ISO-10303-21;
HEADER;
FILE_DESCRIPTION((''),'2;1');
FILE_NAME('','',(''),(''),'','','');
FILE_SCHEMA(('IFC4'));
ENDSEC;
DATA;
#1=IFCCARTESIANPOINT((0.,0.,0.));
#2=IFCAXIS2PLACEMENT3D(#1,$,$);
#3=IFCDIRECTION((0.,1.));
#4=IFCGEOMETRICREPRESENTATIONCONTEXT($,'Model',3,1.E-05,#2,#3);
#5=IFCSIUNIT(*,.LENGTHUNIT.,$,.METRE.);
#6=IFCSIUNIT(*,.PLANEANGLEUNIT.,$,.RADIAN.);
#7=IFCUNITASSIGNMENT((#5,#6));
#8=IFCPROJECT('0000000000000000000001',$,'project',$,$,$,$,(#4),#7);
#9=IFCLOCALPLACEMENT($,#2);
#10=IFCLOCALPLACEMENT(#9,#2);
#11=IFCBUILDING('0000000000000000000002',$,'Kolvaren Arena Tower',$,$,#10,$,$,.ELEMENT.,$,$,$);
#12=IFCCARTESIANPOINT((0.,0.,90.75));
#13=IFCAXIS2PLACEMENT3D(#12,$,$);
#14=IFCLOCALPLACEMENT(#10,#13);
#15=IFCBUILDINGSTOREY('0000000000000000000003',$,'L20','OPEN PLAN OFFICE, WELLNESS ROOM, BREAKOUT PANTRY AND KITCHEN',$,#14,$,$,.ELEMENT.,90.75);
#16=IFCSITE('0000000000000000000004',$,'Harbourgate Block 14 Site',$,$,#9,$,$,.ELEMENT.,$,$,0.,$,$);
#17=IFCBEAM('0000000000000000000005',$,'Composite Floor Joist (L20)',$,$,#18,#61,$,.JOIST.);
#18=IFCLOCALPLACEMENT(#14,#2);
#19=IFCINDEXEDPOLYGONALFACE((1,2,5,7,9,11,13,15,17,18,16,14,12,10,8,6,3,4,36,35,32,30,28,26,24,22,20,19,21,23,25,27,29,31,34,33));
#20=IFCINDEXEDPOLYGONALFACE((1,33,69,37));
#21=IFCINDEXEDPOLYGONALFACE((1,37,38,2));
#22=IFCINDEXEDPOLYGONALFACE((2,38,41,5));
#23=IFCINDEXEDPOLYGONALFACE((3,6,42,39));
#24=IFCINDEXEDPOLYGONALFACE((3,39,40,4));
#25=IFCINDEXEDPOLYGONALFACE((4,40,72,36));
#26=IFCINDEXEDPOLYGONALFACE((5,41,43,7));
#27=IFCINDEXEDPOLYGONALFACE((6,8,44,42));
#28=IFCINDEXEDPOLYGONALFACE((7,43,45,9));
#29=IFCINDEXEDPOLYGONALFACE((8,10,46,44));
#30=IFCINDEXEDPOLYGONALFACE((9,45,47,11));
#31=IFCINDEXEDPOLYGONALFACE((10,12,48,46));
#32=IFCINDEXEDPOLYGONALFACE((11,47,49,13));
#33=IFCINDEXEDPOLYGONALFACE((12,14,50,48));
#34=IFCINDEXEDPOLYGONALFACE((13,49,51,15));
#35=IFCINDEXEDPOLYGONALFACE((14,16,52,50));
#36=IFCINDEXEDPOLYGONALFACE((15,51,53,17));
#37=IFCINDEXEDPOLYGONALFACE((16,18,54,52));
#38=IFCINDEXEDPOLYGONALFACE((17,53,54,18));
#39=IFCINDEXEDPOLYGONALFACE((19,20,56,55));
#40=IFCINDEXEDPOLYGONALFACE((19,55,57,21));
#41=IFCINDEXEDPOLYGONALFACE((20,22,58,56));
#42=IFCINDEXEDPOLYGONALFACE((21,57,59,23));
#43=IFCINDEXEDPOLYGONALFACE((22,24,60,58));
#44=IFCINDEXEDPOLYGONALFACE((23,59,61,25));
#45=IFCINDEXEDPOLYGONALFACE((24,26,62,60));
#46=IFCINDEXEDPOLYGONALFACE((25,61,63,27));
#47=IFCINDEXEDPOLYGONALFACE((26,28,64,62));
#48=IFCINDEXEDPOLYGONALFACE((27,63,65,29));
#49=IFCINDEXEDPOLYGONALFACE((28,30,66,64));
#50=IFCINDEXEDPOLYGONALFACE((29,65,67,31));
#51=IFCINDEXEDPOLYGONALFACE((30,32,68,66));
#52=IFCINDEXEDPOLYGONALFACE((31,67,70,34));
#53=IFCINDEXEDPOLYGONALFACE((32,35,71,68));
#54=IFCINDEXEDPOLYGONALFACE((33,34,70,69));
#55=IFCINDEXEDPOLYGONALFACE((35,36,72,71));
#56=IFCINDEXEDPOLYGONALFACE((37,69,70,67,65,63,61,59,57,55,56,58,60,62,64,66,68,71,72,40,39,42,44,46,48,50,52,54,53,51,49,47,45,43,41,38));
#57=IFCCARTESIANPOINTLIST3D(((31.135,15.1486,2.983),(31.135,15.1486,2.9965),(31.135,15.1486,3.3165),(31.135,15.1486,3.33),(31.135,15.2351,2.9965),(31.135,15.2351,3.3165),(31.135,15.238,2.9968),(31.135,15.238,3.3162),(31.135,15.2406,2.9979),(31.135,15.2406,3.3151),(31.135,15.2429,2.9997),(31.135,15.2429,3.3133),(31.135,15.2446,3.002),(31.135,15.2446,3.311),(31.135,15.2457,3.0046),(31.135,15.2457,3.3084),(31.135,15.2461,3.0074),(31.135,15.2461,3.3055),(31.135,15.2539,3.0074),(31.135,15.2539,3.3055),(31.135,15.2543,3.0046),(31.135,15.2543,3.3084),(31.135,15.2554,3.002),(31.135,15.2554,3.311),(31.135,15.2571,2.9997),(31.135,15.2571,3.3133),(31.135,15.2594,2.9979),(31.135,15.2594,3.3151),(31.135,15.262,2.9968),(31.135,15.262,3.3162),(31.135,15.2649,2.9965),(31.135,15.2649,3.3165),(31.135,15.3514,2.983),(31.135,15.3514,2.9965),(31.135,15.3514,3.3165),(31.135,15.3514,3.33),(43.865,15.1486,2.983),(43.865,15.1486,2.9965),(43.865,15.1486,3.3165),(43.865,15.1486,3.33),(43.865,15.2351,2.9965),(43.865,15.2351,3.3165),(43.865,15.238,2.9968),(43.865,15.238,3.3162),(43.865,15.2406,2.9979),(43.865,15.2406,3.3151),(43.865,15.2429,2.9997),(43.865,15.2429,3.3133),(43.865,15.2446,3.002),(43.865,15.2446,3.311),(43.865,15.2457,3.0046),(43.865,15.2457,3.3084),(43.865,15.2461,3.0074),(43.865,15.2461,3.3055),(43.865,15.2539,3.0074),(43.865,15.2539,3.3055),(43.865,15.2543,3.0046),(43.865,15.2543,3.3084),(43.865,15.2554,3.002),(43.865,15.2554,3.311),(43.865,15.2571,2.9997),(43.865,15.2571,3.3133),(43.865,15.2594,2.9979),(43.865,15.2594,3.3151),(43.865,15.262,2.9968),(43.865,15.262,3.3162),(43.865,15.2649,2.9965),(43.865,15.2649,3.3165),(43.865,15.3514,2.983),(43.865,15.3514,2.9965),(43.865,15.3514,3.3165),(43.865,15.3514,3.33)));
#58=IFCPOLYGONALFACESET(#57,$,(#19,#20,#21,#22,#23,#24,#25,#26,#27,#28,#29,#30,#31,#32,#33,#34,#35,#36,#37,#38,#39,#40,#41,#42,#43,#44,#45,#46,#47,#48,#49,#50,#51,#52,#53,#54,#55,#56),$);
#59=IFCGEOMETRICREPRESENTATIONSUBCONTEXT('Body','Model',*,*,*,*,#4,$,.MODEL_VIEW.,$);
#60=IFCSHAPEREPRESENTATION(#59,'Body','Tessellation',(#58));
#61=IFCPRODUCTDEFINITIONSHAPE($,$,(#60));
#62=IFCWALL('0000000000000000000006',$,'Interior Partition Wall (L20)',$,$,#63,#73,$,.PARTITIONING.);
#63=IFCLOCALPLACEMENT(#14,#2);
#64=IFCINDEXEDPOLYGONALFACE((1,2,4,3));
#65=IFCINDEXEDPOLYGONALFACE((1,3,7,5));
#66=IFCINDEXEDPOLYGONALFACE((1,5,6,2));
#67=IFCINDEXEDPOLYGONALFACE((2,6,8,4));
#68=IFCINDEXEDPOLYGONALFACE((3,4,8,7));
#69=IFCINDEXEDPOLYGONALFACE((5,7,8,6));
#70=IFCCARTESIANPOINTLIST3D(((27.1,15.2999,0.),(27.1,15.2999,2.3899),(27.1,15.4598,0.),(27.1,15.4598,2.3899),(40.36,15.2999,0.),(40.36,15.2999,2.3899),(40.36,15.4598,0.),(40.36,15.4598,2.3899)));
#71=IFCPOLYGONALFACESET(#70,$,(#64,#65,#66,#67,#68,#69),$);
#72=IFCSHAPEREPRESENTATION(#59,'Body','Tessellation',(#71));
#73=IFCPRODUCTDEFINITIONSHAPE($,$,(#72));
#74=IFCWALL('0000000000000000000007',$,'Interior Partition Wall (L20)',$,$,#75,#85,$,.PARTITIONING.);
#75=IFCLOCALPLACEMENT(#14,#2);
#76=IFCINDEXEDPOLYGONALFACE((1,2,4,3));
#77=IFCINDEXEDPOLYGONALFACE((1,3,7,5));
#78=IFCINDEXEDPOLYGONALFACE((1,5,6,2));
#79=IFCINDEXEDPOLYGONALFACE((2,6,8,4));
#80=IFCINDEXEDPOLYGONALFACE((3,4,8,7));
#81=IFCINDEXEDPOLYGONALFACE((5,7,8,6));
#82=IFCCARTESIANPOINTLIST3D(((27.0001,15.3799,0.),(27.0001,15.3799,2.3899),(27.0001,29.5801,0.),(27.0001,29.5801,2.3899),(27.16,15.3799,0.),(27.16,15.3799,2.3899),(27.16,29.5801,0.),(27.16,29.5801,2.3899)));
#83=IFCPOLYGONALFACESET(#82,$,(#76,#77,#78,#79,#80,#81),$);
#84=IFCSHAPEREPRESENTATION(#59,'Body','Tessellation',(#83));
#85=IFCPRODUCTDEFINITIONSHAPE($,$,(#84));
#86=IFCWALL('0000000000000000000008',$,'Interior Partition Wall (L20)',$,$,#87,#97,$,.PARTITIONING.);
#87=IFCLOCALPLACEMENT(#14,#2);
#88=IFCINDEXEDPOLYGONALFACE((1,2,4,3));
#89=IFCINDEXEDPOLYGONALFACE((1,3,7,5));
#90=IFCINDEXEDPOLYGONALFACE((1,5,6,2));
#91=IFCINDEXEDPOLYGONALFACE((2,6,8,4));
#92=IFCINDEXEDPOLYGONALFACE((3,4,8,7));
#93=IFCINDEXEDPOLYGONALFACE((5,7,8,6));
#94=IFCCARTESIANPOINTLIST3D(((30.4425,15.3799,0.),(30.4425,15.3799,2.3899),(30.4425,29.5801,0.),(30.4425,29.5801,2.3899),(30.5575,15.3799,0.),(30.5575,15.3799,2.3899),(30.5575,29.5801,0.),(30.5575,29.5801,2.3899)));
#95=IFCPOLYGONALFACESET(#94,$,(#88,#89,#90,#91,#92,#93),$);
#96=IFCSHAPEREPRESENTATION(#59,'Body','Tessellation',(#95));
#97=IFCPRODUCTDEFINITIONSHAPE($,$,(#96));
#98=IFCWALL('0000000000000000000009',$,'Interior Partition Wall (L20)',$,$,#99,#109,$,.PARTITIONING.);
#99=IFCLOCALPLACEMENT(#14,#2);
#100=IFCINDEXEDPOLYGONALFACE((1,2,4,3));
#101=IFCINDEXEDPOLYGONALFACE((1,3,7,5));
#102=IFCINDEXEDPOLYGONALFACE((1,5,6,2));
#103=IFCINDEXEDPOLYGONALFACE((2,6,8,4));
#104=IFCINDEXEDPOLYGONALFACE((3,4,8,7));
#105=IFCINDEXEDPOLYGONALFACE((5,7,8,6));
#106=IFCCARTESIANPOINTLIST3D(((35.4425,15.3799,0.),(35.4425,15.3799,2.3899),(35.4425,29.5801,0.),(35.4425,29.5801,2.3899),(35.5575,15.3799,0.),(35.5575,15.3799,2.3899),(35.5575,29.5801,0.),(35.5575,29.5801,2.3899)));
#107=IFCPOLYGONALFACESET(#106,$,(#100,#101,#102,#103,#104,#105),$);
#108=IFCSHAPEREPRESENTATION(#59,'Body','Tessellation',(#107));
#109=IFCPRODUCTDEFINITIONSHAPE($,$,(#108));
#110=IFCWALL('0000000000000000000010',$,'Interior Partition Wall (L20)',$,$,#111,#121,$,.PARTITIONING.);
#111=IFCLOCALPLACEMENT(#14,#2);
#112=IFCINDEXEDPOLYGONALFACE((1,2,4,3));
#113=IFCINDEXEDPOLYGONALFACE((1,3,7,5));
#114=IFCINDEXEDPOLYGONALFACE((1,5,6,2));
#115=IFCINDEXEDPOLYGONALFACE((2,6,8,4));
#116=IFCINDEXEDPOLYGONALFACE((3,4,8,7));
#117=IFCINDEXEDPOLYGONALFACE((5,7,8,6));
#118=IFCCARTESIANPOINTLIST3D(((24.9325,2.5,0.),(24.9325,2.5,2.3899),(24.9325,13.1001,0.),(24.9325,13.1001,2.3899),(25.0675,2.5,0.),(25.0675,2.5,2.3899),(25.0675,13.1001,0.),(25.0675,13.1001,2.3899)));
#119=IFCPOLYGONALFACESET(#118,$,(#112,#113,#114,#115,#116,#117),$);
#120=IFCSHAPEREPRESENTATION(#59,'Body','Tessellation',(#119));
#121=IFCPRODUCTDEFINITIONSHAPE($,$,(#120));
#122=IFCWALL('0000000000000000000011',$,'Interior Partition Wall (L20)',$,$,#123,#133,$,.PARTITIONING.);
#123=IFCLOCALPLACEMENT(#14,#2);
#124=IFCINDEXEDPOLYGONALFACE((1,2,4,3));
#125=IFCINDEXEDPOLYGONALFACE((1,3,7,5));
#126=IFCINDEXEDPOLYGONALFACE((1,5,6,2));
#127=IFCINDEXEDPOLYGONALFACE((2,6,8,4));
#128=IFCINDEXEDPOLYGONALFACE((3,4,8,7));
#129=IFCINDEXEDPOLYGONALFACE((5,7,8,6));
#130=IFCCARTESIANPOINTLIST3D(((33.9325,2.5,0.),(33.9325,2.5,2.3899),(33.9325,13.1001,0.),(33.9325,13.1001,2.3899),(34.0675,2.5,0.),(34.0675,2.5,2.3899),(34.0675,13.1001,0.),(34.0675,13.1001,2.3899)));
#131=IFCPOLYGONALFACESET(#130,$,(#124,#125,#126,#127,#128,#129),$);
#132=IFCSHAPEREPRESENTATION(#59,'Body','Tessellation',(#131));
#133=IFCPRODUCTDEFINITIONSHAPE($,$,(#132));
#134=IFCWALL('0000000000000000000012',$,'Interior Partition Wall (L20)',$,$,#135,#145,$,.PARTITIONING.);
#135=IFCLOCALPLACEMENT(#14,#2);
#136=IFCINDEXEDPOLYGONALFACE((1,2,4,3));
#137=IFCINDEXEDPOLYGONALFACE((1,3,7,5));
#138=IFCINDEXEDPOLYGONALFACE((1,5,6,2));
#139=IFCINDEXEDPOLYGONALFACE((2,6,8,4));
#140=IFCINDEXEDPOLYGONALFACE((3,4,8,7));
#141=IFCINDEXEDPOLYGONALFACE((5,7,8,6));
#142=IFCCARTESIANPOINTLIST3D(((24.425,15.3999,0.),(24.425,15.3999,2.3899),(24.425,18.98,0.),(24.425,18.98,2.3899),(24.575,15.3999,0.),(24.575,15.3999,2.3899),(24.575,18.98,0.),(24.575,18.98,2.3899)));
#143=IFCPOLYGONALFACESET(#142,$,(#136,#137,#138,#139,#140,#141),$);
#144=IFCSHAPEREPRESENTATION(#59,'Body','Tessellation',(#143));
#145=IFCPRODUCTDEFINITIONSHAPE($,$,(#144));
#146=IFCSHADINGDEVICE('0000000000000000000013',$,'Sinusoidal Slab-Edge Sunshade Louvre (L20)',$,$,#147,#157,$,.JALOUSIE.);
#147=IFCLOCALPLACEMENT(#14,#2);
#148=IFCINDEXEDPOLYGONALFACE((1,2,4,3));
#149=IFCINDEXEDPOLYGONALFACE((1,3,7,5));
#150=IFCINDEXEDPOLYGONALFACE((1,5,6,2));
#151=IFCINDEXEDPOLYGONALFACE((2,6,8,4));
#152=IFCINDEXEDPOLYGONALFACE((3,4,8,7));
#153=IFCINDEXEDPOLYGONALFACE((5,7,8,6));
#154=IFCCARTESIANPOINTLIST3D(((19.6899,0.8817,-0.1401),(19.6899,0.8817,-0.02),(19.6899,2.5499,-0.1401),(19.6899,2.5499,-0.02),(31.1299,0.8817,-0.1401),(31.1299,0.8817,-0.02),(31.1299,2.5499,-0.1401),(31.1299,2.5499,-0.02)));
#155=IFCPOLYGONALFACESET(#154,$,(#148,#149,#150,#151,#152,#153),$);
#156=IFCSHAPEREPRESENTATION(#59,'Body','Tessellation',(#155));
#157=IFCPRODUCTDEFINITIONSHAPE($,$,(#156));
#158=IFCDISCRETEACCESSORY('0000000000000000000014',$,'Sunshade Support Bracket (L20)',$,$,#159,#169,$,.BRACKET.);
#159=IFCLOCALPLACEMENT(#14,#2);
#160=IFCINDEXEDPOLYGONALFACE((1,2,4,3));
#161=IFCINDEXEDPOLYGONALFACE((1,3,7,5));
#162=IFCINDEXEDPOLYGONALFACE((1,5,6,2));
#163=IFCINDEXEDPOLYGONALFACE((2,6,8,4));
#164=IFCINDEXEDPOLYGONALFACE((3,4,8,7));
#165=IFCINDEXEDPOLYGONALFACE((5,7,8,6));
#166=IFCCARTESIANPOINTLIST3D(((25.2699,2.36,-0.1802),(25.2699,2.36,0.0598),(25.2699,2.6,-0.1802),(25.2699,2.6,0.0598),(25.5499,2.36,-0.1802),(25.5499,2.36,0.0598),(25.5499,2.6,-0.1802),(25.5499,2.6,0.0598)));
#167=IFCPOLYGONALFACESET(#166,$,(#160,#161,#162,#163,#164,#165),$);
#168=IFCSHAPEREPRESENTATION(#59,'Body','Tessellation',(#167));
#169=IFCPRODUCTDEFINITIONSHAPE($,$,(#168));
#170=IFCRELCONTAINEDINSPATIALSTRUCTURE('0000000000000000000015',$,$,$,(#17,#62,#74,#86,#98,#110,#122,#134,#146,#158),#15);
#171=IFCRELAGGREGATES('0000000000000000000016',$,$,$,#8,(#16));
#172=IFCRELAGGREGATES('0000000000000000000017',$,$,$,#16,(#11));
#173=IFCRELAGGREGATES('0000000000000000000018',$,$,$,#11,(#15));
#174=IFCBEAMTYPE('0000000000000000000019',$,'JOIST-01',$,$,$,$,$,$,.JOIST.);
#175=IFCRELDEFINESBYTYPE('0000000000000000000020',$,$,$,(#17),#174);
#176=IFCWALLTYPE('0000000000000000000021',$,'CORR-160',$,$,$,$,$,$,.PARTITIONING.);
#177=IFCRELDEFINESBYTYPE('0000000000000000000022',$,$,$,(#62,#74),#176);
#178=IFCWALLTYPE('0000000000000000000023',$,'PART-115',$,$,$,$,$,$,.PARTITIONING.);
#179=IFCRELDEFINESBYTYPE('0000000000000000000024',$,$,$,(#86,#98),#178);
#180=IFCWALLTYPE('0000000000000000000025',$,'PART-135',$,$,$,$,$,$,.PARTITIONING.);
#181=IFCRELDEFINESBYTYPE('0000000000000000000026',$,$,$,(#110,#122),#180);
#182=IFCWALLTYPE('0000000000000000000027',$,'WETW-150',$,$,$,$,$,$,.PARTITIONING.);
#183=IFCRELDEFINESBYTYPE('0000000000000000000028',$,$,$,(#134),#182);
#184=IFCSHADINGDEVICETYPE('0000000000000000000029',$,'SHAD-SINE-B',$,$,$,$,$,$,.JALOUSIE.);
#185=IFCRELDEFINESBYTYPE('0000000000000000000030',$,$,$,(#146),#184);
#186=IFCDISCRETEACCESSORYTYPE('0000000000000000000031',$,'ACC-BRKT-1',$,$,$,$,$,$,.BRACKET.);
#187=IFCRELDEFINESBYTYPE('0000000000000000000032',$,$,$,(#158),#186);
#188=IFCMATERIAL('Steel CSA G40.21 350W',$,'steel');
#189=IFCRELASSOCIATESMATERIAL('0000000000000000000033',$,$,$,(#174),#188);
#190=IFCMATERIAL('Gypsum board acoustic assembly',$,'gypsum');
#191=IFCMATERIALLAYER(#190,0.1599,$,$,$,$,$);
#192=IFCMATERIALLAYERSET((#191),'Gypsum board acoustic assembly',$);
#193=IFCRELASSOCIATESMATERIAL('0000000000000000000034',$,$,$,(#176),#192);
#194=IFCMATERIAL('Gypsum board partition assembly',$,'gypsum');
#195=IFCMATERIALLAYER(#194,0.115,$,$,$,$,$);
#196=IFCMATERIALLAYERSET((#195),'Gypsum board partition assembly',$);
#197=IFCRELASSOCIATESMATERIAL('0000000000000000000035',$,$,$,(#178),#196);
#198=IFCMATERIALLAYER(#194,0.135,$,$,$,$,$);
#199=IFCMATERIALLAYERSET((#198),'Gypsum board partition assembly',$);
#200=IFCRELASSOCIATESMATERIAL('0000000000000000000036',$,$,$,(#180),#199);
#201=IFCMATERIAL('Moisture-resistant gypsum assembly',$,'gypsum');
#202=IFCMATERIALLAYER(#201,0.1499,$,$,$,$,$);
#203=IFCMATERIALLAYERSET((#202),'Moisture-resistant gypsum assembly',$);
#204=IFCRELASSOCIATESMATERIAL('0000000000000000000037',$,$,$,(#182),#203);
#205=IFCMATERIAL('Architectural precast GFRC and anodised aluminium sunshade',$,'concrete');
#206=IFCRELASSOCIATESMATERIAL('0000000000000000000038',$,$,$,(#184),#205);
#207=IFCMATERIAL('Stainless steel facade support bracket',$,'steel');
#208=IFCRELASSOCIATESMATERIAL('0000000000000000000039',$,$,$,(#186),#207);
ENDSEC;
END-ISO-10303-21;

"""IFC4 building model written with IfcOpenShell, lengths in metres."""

from ifc_helpers import new_model, si_unit, direction, frame, frame_2d, origin, origin_2d, place, context, subcontext, project, spatial, rectangle, i_section, extrude, material, layer, layer_set, material_profile, profile_set, type_object, element, save


model = new_model("IFC4")

# Units and contexts
model_context = context("Model", 3, precision=1e-05, world=origin(), true_north=direction((0.0, 1.0)))
body_context = subcontext(model_context, "Body", "Model", "MODEL_VIEW")
ifc_project = project(units=[si_unit("LENGTHUNIT", "METRE"), si_unit("PLANEANGLEUNIT", "RADIAN")], contexts=[model_context])

# Site, building, storey
site_placement = place(None, origin())
site = spatial("IfcSite", under=ifc_project, at=site_placement, Name="Harbourgate Block 14 Site", CompositionType="ELEMENT", RefElevation=0.0)
building_placement = place(site_placement, origin())
building = spatial("IfcBuilding", under=site, at=building_placement, Name="Kolvaren Arena Tower", CompositionType="ELEMENT")
storey_placement = place(building_placement, frame((0.0, 0.0, 90.75)))
storey = spatial("IfcBuildingStorey", under=building, at=storey_placement, Name="L20", Description="OPEN PLAN OFFICE, WELLNESS ROOM, BREAKOUT PANTRY AND KITCHEN", CompositionType="ELEMENT", Elevation=90.75)

# Beam
ifc_material_1 = material(Name="Steel CSA G40.21 350W", Category="steel")
ifc_material_profile_1 = material_profile(ifc_material_1, i_section(OverallWidth=0.2029, OverallDepth=0.3469, WebThickness=0.0078, FlangeThickness=0.0134, FilletRadius=0.011, at=origin_2d()), Name="W360x64")
ifc_profile_set_1 = profile_set([ifc_material_profile_1], Name="Steel CSA G40.21 350W")
beam_type_1 = type_object("IfcBeamType", Name="JOIST-01", PredefinedType="JOIST", material=ifc_profile_set_1)
beam_1_placement = place(storey_placement, frame((31.135, 15.25, 3.1565), z_axis=(1.0, 0.0, 0.0), x_axis=(0.0, 1.0, 0.0)))
element("IfcBeam", 1, at=beam_1_placement, inside=storey, type_object=beam_type_1, Name="Composite Floor Joist (L20)", PredefinedType="JOIST", context=body_context, shape_type="SweptSolid", body=[
    extrude(i_section(OverallWidth=0.2029, OverallDepth=0.3469, WebThickness=0.0078, FlangeThickness=0.0134, FilletRadius=0.011, at=origin_2d()), origin(), (0.0, 0.0, 1.0), 12.73),
])

# Walls
ifc_material_2 = material(Name="Gypsum board acoustic assembly", Category="gypsum")
ifc_layer_1 = layer(ifc_material_2, 0.1599)
ifc_layer_set_1 = layer_set([ifc_layer_1], Name="Gypsum board acoustic assembly")
wall_type_1 = type_object("IfcWallType", Name="CORR-160", PredefinedType="PARTITIONING", material=ifc_layer_set_1)
wall_1_placement = place(storey_placement, frame((27.1001, 15.3799, 0.0), z_axis=(0.0, 0.0, 1.0), x_axis=(1.0, 0.0, 0.0)))
element("IfcWall", 2, at=wall_1_placement, inside=storey, type_object=wall_type_1, Name="Interior Partition Wall (L20)", PredefinedType="PARTITIONING", context=body_context, shape_type="SweptSolid", body=[
    extrude(rectangle(XDim=13.26, YDim=0.1599, at=frame_2d((6.6299, 0.0))), origin(), (0.0, 0.0, 1.0), 2.3899),
])
wall_2_placement = place(storey_placement, frame((27.0801, 15.3799, 0.0), z_axis=(0.0, 0.0, 1.0), x_axis=(0.0, 1.0, 0.0)))
element("IfcWall", 3, at=wall_2_placement, inside=storey, type_object=wall_type_1, Name="Interior Partition Wall (L20)", PredefinedType="PARTITIONING", context=body_context, shape_type="SweptSolid", body=[
    extrude(rectangle(XDim=14.2002, YDim=0.1599, at=frame_2d((7.1001, 0.0))), origin(), (0.0, 0.0, 1.0), 2.3899),
])
ifc_material_3 = material(Name="Gypsum board partition assembly", Category="gypsum")
ifc_layer_2 = layer(ifc_material_3, 0.115)
ifc_layer_set_2 = layer_set([ifc_layer_2], Name="Gypsum board partition assembly")
wall_type_2 = type_object("IfcWallType", Name="PART-115", PredefinedType="PARTITIONING", material=ifc_layer_set_2)
for number, where, z_axis, x_axis, name in (
    (4, (30.5, 15.3799, 0.0), (0.0, 0.0, 1.0), (0.0, 1.0, 0.0), "Interior Partition Wall (L20)"),
    (5, (35.5, 15.3799, 0.0), (0.0, 0.0, 1.0), (0.0, 1.0, 0.0), "Interior Partition Wall (L20)"),
):
    element("IfcWall", number, at=place(storey_placement, frame(where, z_axis=z_axis, x_axis=x_axis)), inside=storey, type_object=wall_type_2, Name=name, PredefinedType="PARTITIONING", context=body_context, shape_type="SweptSolid", body=[
        extrude(rectangle(XDim=14.2002, YDim=0.115, at=frame_2d((7.1001, 0.0))), origin(), (0.0, 0.0, 1.0), 2.3899),
    ])
ifc_layer_3 = layer(ifc_material_3, 0.135)
ifc_layer_set_3 = layer_set([ifc_layer_3], Name="Gypsum board partition assembly")
wall_type_3 = type_object("IfcWallType", Name="PART-135", PredefinedType="PARTITIONING", material=ifc_layer_set_3)
for number, where, z_axis, x_axis, name in (
    (6, (25.0, 2.5, 0.0), (0.0, 0.0, 1.0), (0.0, 1.0, 0.0), "Interior Partition Wall (L20)"),
    (7, (34.0, 2.5, 0.0), (0.0, 0.0, 1.0), (0.0, 1.0, 0.0), "Interior Partition Wall (L20)"),
):
    element("IfcWall", number, at=place(storey_placement, frame(where, z_axis=z_axis, x_axis=x_axis)), inside=storey, type_object=wall_type_3, Name=name, PredefinedType="PARTITIONING", context=body_context, shape_type="SweptSolid", body=[
        extrude(rectangle(XDim=10.6001, YDim=0.135, at=frame_2d((5.3, 0.0))), origin(), (0.0, 0.0, 1.0), 2.3899),
    ])
ifc_material_4 = material(Name="Moisture-resistant gypsum assembly", Category="gypsum")
ifc_layer_4 = layer(ifc_material_4, 0.1499)
ifc_layer_set_4 = layer_set([ifc_layer_4], Name="Moisture-resistant gypsum assembly")
wall_type_4 = type_object("IfcWallType", Name="WETW-150", PredefinedType="PARTITIONING", material=ifc_layer_set_4)
wall_3_placement = place(storey_placement, frame((24.5, 15.3999, 0.0), z_axis=(0.0, 0.0, 1.0), x_axis=(0.0, 1.0, 0.0)))
element("IfcWall", 8, at=wall_3_placement, inside=storey, type_object=wall_type_4, Name="Interior Partition Wall (L20)", PredefinedType="PARTITIONING", context=body_context, shape_type="SweptSolid", body=[
    extrude(rectangle(XDim=3.5801, YDim=0.1499, at=frame_2d((1.79, 0.0))), origin(), (0.0, 0.0, 1.0), 2.3899),
])

# Shading device
ifc_material_5 = material(Name="Architectural precast GFRC and anodised aluminium sunshade", Category="concrete")
shading_device_type = type_object("IfcShadingDeviceType", Name="SHAD-SINE-B", PredefinedType="JALOUSIE", material=ifc_material_5)
shading_device_placement = place(storey_placement, frame((25.4099, 1.7158, -0.1401), z_axis=(0.0, 0.0, 1.0), x_axis=(-1.0, 0.0, 0.0)))
element("IfcShadingDevice", 9, at=shading_device_placement, inside=storey, type_object=shading_device_type, Name="Sinusoidal Slab-Edge Sunshade Louvre (L20)", PredefinedType="JALOUSIE", context=body_context, shape_type="SweptSolid", body=[
    extrude(rectangle(XDim=11.4399, YDim=1.6682, at=origin_2d()), origin(), (0.0, 0.0, 1.0), 0.1201),
])

# Discrete accessory
ifc_material_6 = material(Name="Stainless steel facade support bracket", Category="steel")
discrete_accessory_type = type_object("IfcDiscreteAccessoryType", Name="ACC-BRKT-1", PredefinedType="BRACKET", material=ifc_material_6)
discrete_accessory_placement = place(storey_placement, frame((25.4099, 2.48, -0.1802), z_axis=(0.0, 0.0, 1.0), x_axis=(-1.0, 0.0, 0.0)))
element("IfcDiscreteAccessory", 10, at=discrete_accessory_placement, inside=storey, type_object=discrete_accessory_type, Name="Sunshade Support Bracket (L20)", PredefinedType="BRACKET", context=body_context, shape_type="SweptSolid", body=[
    extrude(rectangle(XDim=0.28, YDim=0.24, at=origin_2d()), origin(), (0.0, 0.0, 1.0), 0.24),
])

save(model, "model.ifc")
